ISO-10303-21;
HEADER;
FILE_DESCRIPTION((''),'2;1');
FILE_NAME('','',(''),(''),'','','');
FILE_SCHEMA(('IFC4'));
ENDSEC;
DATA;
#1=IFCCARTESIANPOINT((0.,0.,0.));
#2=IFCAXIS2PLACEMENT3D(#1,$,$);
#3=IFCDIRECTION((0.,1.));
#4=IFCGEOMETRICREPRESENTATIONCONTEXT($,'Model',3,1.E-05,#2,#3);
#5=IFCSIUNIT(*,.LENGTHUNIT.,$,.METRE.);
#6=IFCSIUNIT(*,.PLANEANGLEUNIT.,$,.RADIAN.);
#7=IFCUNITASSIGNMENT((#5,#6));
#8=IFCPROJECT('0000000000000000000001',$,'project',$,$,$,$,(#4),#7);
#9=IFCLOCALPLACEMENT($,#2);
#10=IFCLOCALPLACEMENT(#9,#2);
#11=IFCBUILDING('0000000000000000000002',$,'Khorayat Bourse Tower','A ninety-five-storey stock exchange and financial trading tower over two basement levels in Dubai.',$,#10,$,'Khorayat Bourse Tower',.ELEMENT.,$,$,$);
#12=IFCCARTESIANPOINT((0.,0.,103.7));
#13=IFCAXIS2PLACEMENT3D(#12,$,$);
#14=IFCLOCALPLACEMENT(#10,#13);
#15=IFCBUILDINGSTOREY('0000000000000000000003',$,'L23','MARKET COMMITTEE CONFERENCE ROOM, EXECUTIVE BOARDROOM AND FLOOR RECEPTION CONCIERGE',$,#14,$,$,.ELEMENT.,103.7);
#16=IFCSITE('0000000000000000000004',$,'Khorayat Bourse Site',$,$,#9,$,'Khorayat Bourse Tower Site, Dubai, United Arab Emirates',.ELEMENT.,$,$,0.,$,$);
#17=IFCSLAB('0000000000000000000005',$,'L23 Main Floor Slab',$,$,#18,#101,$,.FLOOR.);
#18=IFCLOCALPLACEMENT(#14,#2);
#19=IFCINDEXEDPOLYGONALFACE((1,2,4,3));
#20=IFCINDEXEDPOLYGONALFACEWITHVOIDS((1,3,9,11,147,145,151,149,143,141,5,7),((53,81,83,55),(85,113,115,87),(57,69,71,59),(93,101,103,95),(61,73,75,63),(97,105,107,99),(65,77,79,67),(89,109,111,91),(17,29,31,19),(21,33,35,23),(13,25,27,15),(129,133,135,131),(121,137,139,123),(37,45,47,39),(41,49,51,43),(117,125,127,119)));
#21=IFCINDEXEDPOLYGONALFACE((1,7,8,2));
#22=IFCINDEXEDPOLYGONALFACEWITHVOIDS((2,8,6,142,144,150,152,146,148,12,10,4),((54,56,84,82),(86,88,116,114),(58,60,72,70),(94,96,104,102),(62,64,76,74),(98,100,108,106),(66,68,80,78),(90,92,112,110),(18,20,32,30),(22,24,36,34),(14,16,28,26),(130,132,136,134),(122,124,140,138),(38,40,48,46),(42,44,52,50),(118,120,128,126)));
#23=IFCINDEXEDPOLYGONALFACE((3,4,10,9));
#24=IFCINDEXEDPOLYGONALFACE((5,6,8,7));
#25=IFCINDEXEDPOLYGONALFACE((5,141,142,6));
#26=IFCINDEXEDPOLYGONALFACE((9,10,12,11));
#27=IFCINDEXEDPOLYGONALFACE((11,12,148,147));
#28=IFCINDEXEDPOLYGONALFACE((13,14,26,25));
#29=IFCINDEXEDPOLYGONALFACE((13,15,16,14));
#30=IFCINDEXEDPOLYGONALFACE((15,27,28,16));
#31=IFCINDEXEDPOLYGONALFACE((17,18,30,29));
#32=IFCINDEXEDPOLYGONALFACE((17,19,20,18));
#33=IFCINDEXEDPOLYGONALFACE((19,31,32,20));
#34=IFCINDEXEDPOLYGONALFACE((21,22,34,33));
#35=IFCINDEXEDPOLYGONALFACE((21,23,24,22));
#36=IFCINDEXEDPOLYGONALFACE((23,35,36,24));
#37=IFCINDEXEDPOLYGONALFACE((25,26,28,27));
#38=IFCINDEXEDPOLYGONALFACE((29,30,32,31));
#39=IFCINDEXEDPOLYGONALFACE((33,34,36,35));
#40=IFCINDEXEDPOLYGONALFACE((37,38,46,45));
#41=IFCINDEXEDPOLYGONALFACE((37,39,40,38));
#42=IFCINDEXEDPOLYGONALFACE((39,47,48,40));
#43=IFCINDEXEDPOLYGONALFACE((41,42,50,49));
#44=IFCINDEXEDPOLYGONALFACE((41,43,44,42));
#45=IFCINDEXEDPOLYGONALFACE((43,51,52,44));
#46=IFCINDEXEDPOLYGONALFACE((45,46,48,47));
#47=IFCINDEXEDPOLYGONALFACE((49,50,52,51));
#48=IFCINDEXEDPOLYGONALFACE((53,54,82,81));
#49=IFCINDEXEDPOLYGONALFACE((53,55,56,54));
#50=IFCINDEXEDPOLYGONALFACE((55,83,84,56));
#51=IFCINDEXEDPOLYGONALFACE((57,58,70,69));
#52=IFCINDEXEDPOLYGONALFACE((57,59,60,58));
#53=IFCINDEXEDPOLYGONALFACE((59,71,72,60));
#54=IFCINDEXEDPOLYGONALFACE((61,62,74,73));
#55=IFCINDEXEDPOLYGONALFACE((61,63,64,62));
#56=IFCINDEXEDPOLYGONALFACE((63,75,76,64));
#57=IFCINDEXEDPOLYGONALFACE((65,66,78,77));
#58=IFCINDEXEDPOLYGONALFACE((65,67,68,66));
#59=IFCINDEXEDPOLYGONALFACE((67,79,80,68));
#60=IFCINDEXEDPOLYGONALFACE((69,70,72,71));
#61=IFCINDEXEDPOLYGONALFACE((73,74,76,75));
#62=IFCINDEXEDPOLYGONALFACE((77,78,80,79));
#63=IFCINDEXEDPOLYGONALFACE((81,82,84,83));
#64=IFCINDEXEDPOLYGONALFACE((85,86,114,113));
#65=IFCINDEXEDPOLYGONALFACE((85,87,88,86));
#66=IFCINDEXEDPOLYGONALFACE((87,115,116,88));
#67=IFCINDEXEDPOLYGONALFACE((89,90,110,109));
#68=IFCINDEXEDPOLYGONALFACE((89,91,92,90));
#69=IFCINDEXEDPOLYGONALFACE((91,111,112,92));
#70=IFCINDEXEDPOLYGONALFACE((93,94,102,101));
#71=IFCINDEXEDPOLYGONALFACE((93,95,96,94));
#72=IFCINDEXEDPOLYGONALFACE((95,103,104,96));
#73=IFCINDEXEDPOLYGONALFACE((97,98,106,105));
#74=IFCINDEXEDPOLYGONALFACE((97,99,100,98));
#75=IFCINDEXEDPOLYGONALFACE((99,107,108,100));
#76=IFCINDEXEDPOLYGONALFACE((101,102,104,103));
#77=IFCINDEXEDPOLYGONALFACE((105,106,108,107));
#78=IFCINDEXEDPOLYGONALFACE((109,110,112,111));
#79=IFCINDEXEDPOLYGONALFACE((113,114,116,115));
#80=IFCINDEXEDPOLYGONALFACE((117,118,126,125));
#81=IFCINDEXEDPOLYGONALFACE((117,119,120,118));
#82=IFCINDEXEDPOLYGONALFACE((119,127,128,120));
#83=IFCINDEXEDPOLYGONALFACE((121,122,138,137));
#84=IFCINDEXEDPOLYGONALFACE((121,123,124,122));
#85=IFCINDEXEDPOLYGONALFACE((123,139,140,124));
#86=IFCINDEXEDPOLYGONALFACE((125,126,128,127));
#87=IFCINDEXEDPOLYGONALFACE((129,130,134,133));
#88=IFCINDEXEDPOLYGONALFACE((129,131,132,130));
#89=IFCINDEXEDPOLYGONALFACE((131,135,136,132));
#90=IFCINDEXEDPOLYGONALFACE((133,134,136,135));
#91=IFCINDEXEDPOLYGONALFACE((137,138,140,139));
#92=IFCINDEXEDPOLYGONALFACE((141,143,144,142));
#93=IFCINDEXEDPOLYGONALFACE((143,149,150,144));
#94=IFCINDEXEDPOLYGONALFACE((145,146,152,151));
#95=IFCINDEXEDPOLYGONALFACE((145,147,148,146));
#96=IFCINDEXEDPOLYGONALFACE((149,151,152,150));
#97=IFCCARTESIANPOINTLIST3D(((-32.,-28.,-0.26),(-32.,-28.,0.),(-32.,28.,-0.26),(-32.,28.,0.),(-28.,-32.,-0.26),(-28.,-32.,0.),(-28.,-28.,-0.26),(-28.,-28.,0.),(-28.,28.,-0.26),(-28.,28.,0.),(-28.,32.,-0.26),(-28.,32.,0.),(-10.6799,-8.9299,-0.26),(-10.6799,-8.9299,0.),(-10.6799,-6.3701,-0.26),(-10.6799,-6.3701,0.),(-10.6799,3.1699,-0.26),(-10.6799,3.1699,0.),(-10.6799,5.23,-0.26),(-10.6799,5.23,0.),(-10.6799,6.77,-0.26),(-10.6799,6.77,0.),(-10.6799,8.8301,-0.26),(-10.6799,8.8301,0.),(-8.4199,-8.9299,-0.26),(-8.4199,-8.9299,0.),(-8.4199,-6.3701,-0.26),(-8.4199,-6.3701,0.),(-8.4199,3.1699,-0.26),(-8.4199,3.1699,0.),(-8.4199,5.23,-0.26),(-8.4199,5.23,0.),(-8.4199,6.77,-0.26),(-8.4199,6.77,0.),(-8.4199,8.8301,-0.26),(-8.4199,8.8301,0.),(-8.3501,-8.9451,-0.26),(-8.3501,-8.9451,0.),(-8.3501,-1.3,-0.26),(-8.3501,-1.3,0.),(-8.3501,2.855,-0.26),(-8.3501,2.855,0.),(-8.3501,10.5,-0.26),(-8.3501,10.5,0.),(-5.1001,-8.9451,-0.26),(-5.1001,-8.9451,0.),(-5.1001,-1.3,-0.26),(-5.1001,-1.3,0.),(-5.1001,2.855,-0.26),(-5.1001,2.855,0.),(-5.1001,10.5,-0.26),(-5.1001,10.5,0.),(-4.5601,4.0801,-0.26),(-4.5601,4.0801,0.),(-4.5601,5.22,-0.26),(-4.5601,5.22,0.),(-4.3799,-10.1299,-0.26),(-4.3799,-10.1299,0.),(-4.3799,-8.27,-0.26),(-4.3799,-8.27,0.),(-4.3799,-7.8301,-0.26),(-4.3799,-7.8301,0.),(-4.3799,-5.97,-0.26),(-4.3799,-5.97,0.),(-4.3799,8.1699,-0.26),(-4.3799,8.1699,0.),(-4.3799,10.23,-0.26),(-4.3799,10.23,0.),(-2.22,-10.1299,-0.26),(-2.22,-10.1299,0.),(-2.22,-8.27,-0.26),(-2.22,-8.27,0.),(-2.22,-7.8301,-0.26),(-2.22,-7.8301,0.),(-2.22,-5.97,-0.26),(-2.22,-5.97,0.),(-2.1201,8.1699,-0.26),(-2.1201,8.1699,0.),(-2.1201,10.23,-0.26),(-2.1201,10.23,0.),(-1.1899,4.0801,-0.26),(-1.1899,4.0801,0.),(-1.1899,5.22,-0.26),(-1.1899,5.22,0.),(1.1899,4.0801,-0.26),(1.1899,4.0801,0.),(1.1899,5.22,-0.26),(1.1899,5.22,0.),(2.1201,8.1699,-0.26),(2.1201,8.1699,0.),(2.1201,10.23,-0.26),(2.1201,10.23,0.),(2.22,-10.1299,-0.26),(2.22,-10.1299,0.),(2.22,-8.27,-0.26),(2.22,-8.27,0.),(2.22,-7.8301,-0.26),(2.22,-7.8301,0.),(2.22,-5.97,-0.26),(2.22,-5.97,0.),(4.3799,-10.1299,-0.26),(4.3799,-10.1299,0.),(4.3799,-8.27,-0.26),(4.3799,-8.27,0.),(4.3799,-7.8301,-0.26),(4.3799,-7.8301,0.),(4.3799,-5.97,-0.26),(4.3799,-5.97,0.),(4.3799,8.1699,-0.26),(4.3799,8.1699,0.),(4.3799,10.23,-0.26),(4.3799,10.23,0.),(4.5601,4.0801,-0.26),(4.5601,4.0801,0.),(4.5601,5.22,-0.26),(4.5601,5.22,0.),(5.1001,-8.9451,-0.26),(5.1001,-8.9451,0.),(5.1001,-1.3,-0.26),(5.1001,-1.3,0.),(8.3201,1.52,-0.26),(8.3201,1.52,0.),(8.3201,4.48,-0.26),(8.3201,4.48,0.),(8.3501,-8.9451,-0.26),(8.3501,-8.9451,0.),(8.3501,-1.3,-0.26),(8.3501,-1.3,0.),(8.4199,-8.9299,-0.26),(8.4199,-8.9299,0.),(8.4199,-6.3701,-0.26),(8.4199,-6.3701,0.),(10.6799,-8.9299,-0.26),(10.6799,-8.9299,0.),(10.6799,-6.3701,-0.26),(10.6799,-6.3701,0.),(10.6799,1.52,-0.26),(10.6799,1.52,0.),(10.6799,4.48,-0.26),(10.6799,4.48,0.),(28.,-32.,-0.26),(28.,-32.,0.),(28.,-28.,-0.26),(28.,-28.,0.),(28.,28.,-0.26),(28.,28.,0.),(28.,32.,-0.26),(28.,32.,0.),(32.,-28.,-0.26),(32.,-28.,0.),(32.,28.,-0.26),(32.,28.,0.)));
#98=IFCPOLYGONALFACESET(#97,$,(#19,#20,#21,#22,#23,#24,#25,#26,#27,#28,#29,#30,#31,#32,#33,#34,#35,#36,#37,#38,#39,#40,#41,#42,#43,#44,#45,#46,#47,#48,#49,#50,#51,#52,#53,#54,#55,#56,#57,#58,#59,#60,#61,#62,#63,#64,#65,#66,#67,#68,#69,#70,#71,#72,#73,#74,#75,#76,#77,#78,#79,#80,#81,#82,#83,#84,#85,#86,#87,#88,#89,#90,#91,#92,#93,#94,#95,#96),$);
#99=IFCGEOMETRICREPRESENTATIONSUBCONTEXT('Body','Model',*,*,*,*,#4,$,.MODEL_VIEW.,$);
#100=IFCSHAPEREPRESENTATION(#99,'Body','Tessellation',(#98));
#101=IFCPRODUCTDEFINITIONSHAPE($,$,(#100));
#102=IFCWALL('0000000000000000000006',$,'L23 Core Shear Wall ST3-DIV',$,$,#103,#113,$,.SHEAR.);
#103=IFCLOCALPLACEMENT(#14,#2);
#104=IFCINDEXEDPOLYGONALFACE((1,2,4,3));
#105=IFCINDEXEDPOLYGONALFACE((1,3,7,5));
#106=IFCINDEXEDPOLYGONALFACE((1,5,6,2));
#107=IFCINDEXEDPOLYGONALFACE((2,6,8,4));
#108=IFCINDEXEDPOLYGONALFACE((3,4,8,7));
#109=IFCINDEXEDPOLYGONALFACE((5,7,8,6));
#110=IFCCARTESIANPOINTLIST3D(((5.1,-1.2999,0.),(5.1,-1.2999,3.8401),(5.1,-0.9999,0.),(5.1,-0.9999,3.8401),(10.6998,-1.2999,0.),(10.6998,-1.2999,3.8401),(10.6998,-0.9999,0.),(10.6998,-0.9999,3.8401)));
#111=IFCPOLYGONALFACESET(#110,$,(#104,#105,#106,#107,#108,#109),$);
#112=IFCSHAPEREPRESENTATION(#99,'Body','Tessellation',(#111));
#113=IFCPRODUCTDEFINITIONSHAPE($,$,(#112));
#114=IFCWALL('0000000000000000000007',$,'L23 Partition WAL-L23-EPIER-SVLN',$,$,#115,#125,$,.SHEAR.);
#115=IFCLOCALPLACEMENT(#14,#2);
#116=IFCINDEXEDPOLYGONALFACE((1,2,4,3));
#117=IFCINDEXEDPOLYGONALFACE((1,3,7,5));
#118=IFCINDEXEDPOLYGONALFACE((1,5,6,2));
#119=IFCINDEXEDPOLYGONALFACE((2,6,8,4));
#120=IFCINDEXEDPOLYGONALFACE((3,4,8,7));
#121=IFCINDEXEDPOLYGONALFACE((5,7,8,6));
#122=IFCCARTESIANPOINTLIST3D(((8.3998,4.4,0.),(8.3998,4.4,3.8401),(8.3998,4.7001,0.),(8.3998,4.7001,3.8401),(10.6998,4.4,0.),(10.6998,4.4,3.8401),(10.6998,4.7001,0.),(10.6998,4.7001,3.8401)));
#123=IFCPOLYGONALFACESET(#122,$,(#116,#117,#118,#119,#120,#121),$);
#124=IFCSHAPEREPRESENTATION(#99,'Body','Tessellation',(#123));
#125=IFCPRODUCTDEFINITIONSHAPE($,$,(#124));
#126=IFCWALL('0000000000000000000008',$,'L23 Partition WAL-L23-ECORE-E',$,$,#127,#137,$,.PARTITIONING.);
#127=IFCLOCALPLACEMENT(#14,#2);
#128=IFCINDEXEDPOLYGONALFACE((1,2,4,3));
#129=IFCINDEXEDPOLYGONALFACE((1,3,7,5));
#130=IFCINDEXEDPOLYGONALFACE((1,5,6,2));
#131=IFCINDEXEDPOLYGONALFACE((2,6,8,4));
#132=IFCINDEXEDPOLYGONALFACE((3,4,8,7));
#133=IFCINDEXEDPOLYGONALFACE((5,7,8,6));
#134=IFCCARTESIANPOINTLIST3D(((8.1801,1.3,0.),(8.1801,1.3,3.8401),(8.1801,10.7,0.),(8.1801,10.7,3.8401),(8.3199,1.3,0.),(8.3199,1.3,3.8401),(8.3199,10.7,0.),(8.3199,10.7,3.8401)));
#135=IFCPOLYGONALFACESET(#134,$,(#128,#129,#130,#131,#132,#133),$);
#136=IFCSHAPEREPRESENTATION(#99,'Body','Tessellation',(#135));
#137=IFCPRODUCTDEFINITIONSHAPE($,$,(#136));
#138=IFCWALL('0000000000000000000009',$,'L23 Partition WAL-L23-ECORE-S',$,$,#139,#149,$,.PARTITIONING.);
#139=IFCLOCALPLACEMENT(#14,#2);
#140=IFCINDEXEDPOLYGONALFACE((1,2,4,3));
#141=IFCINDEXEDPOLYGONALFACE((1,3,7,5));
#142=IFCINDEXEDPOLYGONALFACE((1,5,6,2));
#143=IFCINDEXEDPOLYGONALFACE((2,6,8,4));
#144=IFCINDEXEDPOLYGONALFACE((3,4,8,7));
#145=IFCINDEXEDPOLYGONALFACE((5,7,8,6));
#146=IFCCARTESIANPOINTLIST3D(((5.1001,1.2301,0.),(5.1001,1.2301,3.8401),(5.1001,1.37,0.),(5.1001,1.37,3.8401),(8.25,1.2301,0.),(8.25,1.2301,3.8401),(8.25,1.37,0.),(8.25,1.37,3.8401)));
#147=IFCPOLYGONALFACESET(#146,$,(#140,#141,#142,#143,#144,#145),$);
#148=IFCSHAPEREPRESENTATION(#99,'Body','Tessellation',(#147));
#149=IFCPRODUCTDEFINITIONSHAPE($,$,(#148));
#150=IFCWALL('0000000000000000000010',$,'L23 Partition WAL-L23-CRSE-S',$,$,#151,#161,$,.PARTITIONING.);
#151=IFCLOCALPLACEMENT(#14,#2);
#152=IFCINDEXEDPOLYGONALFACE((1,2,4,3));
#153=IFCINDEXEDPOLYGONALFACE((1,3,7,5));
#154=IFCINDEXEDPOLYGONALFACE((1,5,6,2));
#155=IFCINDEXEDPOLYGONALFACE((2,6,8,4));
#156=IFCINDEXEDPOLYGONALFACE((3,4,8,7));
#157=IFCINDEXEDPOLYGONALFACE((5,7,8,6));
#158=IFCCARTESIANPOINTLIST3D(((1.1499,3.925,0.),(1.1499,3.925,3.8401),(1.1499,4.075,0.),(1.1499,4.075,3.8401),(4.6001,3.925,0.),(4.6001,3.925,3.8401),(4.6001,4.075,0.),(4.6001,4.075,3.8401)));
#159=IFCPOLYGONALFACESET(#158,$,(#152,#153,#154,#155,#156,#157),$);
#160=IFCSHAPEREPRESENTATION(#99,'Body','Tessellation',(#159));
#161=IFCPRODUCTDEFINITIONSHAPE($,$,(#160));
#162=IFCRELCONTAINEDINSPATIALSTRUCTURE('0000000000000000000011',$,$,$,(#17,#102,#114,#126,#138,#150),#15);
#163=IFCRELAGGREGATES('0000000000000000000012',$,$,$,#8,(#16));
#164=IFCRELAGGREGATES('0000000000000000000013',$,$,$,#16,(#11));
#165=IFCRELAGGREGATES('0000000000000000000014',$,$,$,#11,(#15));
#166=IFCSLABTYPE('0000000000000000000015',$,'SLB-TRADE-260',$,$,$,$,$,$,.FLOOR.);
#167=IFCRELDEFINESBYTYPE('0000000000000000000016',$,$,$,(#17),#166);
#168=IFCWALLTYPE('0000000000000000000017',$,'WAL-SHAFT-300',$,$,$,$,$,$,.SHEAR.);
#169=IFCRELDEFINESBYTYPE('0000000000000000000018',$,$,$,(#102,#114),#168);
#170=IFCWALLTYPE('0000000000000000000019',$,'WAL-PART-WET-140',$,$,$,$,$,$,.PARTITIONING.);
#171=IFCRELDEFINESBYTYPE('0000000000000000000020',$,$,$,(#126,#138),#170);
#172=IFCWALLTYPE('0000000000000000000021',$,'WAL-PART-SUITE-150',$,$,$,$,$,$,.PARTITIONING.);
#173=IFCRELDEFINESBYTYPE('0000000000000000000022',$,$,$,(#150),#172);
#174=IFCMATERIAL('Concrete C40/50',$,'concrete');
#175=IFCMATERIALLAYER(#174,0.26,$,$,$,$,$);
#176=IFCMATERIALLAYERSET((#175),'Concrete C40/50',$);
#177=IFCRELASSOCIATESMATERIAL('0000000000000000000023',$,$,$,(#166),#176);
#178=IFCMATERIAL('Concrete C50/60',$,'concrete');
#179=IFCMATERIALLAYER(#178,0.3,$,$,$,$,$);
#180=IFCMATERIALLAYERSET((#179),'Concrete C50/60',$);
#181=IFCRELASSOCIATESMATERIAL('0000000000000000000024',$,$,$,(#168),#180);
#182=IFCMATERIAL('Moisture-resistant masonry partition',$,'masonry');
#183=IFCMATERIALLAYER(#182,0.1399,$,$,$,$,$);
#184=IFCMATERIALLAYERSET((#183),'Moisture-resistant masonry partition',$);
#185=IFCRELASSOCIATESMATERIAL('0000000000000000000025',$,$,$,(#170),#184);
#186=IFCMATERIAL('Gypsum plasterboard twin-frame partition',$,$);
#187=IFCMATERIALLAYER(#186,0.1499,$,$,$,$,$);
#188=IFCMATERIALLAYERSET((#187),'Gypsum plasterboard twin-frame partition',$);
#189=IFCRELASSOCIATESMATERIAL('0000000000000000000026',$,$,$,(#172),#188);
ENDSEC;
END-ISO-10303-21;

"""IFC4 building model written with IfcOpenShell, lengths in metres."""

from ifc_helpers import new_model, si_unit, direction, frame, frame_2d, origin, place, context, subcontext, project, spatial, polyline, rectangle, outline, extrude, source, transform, mapped, material, layer, layer_set, type_object, element, save


model = new_model("IFC4")

# Units and contexts
model_context = context("Model", 3, precision=1e-05, world=origin(), true_north=direction((0.0, 1.0)))
body_context = subcontext(model_context, "Body", "Model", "MODEL_VIEW")
ifc_project = project(units=[si_unit("LENGTHUNIT", "METRE"), si_unit("PLANEANGLEUNIT", "RADIAN")], contexts=[model_context])

# Site, building, storey
site_placement = place(None, origin())
site = spatial("IfcSite", under=ifc_project, at=site_placement, Name="Khorayat Bourse Site", LongName="Khorayat Bourse Tower Site, Dubai, United Arab Emirates", CompositionType="ELEMENT", RefElevation=0.0)
building_placement = place(site_placement, origin())
building = spatial("IfcBuilding", under=site, at=building_placement, Name="Khorayat Bourse Tower", Description="A ninety-five-storey stock exchange and financial trading tower over two basement levels in Dubai.", LongName="Khorayat Bourse Tower", CompositionType="ELEMENT")
storey_placement = place(building_placement, frame((0.0, 0.0, 103.7)))
storey = spatial("IfcBuildingStorey", under=building, at=storey_placement, Name="L23", Description="MARKET COMMITTEE CONFERENCE ROOM, EXECUTIVE BOARDROOM AND FLOOR RECEPTION CONCIERGE", CompositionType="ELEMENT", Elevation=103.7)

# Shared definitions
ifc_material_1 = material(Name="Concrete C40/50", Category="concrete")

# Slab
ifc_layer_1 = layer(ifc_material_1, 0.26)
ifc_layer_set_1 = layer_set([ifc_layer_1], Name="Concrete C40/50")
slab_type_1 = type_object("IfcSlabType", Name="SLB-TRADE-260", PredefinedType="FLOOR", material=ifc_layer_set_1)
slab_1_placement = place(storey_placement, frame((0.0, 0.0, -0.26)))
element("IfcSlab", 1, at=slab_1_placement, inside=storey, type_object=slab_type_1, Name="L23 Main Floor Slab", PredefinedType="FLOOR", context=body_context, shape_type="SweptSolid", body=[
    extrude(outline(polyline([(-28.0, -32.0), (28.0, -32.0), (28.0, -28.0), (32.0, -28.0), (32.0, 28.0), (28.0, 28.0), (28.0, 32.0), (-28.0, 32.0), (-28.0, 28.0), (-32.0, 28.0), (-32.0, -28.0), (-28.0, -28.0), (-28.0, -32.0)]), holes=[polyline([(-8.3501, -8.9451), (-5.1001, -8.9451), (-5.1001, -1.3), (-8.3501, -1.3), (-8.3501, -8.9451)]), polyline([(-8.3501, 2.855), (-5.1001, 2.855), (-5.1001, 10.5), (-8.3501, 10.5), (-8.3501, 2.855)]), polyline([(5.1001, -8.9451), (8.3501, -8.9451), (8.3501, -1.3), (5.1001, -1.3), (5.1001, -8.9451)]), polyline([(-4.3799, -10.1299), (-2.22, -10.1299), (-2.22, -8.27), (-4.3799, -8.27), (-4.3799, -10.1299)]), polyline([(2.22, -10.1299), (4.3799, -10.1299), (4.3799, -8.27), (2.22, -8.27), (2.22, -10.1299)]), polyline([(-4.3799, -7.8301), (-2.22, -7.8301), (-2.22, -5.97), (-4.3799, -5.97), (-4.3799, -7.8301)]), polyline([(2.22, -7.8301), (4.3799, -7.8301), (4.3799, -5.97), (2.22, -5.97), (2.22, -7.8301)]), polyline([(-4.3799, 8.1699), (-2.1201, 8.1699), (-2.1201, 10.23), (-4.3799, 10.23), (-4.3799, 8.1699)]), polyline([(2.1201, 8.1699), (4.3799, 8.1699), (4.3799, 10.23), (2.1201, 10.23), (2.1201, 8.1699)]), polyline([(-10.6799, 3.1699), (-8.4199, 3.1699), (-8.4199, 5.23), (-10.6799, 5.23), (-10.6799, 3.1699)]), polyline([(-10.6799, 6.77), (-8.4199, 6.77), (-8.4199, 8.8301), (-10.6799, 8.8301), (-10.6799, 6.77)]), polyline([(-10.6799, -8.9299), (-8.4199, -8.9299), (-8.4199, -6.3701), (-10.6799, -6.3701), (-10.6799, -8.9299)]), polyline([(8.4199, -8.9299), (10.6799, -8.9299), (10.6799, -6.3701), (8.4199, -6.3701), (8.4199, -8.9299)]), polyline([(8.3201, 1.52), (10.6799, 1.52), (10.6799, 4.48), (8.3201, 4.48), (8.3201, 1.52)]), polyline([(-4.5601, 4.0801), (-1.1899, 4.0801), (-1.1899, 5.22), (-4.5601, 5.22), (-4.5601, 4.0801)]), polyline([(1.1899, 4.0801), (4.5601, 4.0801), (4.5601, 5.22), (1.1899, 5.22), (1.1899, 4.0801)])]), origin(), (0.0, 0.0, 1.0), 0.26),
])

# Walls
ifc_material_2 = material(Name="Concrete C50/60", Category="concrete")
ifc_layer_2 = layer(ifc_material_2, 0.3)
ifc_layer_set_2 = layer_set([ifc_layer_2], Name="Concrete C50/60")
wall_type_1 = type_object("IfcWallType", Name="WAL-SHAFT-300", PredefinedType="SHEAR", material=ifc_layer_set_2)
shared_shape_1 = source(origin(), body_context, "Body", "SweptSolid", [
    extrude(rectangle(XDim=5.5999, YDim=0.3, at=frame_2d((2.7998, 0.0))), origin(), (0.0, 0.0, 1.0), 3.8401),
])
wall_1_placement = place(storey_placement, frame((5.1001, -1.1499, 0.0), z_axis=(0.0, 0.0, 1.0), x_axis=(1.0, 0.0, 0.0)))
element("IfcWall", 2, at=wall_1_placement, inside=storey, type_object=wall_type_1, Name="L23 Core Shear Wall ST3-DIV", PredefinedType="SHEAR", context=body_context, shape_type="MappedRepresentation", body=[
    mapped(shared_shape_1, transform((0.0, 0.0, 0.0), scale=1.0)),
])
shared_shape_2 = source(origin(), body_context, "Body", "SweptSolid", [
    extrude(rectangle(XDim=2.3, YDim=0.3, at=frame_2d((1.1499, 0.0))), origin(), (0.0, 0.0, 1.0), 3.8401),
])
wall_2_placement = place(storey_placement, frame((8.3999, 4.55, 0.0), z_axis=(0.0, 0.0, 1.0), x_axis=(1.0, 0.0, 0.0)))
element("IfcWall", 3, at=wall_2_placement, inside=storey, type_object=wall_type_1, Name="L23 Partition WAL-L23-EPIER-SVLN", PredefinedType="SHEAR", context=body_context, shape_type="MappedRepresentation", body=[
    mapped(shared_shape_2, transform((0.0, 0.0, 0.0), scale=1.0)),
])
ifc_material_3 = material(Name="Moisture-resistant masonry partition", Category="masonry")
ifc_layer_3 = layer(ifc_material_3, 0.1399)
ifc_layer_set_3 = layer_set([ifc_layer_3], Name="Moisture-resistant masonry partition")
wall_type_2 = type_object("IfcWallType", Name="WAL-PART-WET-140", PredefinedType="PARTITIONING", material=ifc_layer_set_3)
shared_shape_3 = source(origin(), body_context, "Body", "SweptSolid", [
    extrude(rectangle(XDim=9.3999, YDim=0.1399, at=frame_2d((4.7, 0.0))), origin(), (0.0, 0.0, 1.0), 3.8401),
])
wall_3_placement = place(storey_placement, frame((8.25, 1.3, 0.0), z_axis=(0.0, 0.0, 1.0), x_axis=(0.0, 1.0, 0.0)))
element("IfcWall", 4, at=wall_3_placement, inside=storey, type_object=wall_type_2, Name="L23 Partition WAL-L23-ECORE-E", PredefinedType="PARTITIONING", context=body_context, shape_type="MappedRepresentation", body=[
    mapped(shared_shape_3, transform((0.0, 0.0, 0.0), scale=1.0)),
])
shared_shape_4 = source(origin(), body_context, "Body", "SweptSolid", [
    extrude(rectangle(XDim=3.1499, YDim=0.1399, at=frame_2d((1.575, 0.0))), origin(), (0.0, 0.0, 1.0), 3.8401),
])
wall_4_placement = place(storey_placement, frame((5.1001, 1.3, 0.0), z_axis=(0.0, 0.0, 1.0), x_axis=(1.0, 0.0, 0.0)))
element("IfcWall", 5, at=wall_4_placement, inside=storey, type_object=wall_type_2, Name="L23 Partition WAL-L23-ECORE-S", PredefinedType="PARTITIONING", context=body_context, shape_type="MappedRepresentation", body=[
    mapped(shared_shape_4, transform((0.0, 0.0, 0.0), scale=1.0)),
])

# Wall
ifc_material_4 = material(Name="Gypsum plasterboard twin-frame partition")
ifc_layer_4 = layer(ifc_material_4, 0.1499)
ifc_layer_set_4 = layer_set([ifc_layer_4], Name="Gypsum plasterboard twin-frame partition")
wall_type_3 = type_object("IfcWallType", Name="WAL-PART-SUITE-150", PredefinedType="PARTITIONING", material=ifc_layer_set_4)
shared_shape_5 = source(origin(), body_context, "Body", "SweptSolid", [
    extrude(rectangle(XDim=3.4502, YDim=0.1499, at=frame_2d((1.7251, 0.0))), origin(), (0.0, 0.0, 1.0), 3.8401),
])
wall_5_placement = place(storey_placement, frame((1.1499, 4.0, 0.0), z_axis=(0.0, 0.0, 1.0), x_axis=(1.0, 0.0, 0.0)))
element("IfcWall", 6, at=wall_5_placement, inside=storey, type_object=wall_type_3, Name="L23 Partition WAL-L23-CRSE-S", PredefinedType="PARTITIONING", context=body_context, shape_type="MappedRepresentation", body=[
    mapped(shared_shape_5, transform((0.0, 0.0, 0.0), scale=1.0)),
])

save(model, "model.ifc")
